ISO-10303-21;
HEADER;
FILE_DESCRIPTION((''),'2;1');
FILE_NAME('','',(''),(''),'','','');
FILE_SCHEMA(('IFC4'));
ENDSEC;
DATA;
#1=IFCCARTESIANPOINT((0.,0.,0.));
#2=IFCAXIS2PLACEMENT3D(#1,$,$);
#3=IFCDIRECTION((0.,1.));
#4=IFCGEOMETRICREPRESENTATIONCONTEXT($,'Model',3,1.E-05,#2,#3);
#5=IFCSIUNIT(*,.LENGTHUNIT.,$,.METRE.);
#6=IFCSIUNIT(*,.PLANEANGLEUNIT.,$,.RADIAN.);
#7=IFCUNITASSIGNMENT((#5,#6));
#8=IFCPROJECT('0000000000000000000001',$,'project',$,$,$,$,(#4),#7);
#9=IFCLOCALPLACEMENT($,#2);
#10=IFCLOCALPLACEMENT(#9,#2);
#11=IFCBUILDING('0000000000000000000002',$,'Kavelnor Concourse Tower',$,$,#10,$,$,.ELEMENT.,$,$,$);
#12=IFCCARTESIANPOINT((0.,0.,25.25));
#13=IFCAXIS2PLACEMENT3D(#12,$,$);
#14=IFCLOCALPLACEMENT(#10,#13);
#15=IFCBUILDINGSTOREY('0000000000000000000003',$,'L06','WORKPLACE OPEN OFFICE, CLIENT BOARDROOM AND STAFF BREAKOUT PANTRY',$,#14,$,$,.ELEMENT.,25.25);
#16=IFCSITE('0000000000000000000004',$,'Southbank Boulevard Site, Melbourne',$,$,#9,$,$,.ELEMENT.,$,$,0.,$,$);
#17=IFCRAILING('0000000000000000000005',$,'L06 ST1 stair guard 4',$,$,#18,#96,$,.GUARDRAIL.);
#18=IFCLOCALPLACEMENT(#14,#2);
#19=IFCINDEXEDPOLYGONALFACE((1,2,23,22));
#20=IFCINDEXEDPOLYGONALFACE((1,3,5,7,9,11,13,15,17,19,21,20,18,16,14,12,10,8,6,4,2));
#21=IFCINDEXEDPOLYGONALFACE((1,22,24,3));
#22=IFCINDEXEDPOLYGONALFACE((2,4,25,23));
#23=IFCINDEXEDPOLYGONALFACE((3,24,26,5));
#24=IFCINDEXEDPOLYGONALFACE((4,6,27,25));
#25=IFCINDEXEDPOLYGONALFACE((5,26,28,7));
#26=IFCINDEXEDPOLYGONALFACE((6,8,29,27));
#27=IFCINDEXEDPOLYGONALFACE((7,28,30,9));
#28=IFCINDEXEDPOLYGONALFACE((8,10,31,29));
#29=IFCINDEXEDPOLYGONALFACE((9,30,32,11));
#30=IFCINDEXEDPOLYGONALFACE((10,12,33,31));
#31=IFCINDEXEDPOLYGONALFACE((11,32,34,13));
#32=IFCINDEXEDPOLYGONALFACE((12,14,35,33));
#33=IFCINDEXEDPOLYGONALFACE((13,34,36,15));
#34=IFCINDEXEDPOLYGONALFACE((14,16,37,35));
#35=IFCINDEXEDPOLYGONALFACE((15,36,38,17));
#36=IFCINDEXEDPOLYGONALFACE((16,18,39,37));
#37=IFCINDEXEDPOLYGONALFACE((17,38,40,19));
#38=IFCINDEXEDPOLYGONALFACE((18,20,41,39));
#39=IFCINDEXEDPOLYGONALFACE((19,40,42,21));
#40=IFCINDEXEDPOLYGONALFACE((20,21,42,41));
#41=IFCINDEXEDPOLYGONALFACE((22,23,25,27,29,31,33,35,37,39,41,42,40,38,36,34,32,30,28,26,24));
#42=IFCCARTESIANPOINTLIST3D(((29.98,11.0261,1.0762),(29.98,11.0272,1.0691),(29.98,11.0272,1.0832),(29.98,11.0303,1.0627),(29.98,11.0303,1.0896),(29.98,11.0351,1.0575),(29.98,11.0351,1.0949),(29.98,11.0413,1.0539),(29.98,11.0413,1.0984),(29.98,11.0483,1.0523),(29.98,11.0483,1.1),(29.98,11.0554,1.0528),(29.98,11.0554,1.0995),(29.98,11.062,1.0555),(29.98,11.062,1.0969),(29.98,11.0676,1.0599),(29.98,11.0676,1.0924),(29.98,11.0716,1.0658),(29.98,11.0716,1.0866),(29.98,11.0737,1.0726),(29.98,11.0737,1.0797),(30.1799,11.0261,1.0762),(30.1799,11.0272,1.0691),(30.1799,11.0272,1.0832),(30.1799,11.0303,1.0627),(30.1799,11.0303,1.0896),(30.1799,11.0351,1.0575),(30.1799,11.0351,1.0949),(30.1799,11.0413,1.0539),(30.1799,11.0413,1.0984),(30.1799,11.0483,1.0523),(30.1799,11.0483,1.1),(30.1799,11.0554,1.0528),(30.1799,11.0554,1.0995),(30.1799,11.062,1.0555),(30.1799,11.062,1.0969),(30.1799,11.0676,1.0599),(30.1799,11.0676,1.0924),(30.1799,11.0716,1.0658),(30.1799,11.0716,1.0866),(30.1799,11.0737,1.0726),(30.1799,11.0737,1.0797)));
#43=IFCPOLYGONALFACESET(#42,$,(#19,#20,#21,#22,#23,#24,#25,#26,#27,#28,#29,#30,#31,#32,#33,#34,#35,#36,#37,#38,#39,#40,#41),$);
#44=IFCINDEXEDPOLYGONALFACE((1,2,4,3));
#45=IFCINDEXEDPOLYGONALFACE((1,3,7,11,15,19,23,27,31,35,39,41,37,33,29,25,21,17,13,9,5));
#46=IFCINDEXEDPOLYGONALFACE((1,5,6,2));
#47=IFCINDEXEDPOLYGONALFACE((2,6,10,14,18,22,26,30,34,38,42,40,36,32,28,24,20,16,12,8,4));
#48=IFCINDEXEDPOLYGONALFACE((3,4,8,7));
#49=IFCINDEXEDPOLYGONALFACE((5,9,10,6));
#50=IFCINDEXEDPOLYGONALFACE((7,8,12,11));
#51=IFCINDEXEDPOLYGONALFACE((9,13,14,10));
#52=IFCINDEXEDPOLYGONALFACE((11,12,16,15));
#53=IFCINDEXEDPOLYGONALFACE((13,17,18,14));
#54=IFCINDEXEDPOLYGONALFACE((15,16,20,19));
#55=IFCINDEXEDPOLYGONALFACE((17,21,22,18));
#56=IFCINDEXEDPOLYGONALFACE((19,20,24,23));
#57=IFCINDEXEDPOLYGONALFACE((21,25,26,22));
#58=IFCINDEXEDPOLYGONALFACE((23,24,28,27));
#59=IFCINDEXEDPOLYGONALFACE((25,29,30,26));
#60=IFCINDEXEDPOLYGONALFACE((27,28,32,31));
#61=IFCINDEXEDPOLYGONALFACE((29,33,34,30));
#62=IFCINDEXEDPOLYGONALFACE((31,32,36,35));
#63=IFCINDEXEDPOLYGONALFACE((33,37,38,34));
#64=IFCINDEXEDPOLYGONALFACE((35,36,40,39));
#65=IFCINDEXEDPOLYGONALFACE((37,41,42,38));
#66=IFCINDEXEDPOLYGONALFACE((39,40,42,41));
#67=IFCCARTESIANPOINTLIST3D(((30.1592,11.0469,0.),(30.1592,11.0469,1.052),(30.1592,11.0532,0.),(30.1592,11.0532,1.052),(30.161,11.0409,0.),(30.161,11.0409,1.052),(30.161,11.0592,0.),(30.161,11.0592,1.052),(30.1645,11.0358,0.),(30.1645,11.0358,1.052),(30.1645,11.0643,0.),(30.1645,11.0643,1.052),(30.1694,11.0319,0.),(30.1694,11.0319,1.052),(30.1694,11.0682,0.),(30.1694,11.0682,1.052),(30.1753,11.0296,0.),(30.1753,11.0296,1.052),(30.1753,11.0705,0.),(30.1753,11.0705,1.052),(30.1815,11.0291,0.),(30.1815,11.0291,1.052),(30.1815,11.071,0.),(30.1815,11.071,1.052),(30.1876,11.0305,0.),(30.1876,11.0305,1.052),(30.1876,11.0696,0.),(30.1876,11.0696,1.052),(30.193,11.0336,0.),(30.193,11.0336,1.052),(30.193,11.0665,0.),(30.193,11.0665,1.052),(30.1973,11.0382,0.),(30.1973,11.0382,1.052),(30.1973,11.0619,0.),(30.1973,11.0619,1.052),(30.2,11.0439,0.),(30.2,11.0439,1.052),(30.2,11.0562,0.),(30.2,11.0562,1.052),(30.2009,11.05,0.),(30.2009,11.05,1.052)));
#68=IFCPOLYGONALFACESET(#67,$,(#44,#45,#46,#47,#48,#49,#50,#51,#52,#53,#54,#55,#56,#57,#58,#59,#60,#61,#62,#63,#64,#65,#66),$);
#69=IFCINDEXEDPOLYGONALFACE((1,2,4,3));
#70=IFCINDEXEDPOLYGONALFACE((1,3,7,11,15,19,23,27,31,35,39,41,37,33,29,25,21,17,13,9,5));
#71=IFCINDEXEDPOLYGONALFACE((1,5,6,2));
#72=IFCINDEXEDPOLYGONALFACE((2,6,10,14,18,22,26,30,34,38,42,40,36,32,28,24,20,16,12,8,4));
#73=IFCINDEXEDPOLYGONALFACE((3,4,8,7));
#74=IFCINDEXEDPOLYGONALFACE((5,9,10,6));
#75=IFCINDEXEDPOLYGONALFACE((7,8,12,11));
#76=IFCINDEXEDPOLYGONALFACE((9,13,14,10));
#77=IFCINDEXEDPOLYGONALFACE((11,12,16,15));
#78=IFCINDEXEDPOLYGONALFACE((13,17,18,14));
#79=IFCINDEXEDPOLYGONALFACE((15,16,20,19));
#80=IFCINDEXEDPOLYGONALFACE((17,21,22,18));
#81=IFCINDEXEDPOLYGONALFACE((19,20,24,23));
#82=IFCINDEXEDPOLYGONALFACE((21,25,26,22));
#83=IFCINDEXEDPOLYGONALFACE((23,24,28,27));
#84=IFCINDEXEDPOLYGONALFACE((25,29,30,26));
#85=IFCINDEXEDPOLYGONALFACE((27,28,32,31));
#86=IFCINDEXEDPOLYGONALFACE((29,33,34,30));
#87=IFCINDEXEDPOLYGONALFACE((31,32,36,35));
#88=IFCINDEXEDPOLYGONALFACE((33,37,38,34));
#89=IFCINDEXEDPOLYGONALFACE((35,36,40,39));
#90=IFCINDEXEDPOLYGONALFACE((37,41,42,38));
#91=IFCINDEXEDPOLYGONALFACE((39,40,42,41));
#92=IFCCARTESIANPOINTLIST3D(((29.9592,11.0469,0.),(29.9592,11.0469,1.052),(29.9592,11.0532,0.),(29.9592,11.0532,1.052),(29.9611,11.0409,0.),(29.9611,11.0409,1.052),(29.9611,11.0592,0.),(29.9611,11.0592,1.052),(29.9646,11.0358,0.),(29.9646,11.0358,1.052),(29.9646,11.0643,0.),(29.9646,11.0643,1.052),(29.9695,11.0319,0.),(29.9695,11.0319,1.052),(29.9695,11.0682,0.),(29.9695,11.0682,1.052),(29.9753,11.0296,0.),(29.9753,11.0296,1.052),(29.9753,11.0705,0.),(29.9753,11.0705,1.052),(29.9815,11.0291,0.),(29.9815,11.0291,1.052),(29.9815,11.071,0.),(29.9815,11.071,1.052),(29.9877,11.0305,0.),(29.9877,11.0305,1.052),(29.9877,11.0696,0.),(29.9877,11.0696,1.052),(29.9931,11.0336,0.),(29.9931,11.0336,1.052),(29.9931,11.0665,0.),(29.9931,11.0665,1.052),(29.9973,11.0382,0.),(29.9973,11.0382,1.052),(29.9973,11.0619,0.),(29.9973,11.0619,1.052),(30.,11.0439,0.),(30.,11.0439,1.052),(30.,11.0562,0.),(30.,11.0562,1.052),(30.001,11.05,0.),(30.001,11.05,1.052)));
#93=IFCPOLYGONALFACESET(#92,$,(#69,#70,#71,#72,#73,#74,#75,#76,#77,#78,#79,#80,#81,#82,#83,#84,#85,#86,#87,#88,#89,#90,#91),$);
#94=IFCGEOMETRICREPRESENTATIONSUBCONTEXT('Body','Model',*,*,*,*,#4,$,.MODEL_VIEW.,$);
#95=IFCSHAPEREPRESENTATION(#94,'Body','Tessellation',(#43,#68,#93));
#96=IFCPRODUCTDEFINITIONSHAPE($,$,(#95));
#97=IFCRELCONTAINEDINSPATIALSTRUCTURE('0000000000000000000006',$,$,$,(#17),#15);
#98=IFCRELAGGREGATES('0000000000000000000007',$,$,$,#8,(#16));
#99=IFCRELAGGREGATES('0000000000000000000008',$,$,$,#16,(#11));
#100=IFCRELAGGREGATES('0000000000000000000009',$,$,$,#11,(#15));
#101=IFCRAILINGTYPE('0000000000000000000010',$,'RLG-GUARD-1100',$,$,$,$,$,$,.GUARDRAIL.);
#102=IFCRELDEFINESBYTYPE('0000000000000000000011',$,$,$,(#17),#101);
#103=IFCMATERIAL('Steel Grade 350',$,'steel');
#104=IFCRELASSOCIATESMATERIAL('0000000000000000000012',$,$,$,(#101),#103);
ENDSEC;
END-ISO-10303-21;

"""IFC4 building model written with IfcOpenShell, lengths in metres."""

from ifc_helpers import new_model, si_unit, direction, frame, origin, origin_2d, place, context, subcontext, project, spatial, circle, extrude, material, type_object, element, save


model = new_model("IFC4")

# Units and contexts
model_context = context("Model", 3, precision=1e-05, world=origin(), true_north=direction((0.0, 1.0)))
body_context = subcontext(model_context, "Body", "Model", "MODEL_VIEW")
ifc_project = project(units=[si_unit("LENGTHUNIT", "METRE"), si_unit("PLANEANGLEUNIT", "RADIAN")], contexts=[model_context])

# Site, building, storey
site_placement = place(None, origin())
site = spatial("IfcSite", under=ifc_project, at=site_placement, Name="Southbank Boulevard Site, Melbourne", CompositionType="ELEMENT", RefElevation=0.0)
building_placement = place(site_placement, origin())
building = spatial("IfcBuilding", under=site, at=building_placement, Name="Kavelnor Concourse Tower", CompositionType="ELEMENT")
storey_placement = place(building_placement, frame((0.0, 0.0, 25.25)))
storey = spatial("IfcBuildingStorey", under=building, at=storey_placement, Name="L06", Description="WORKPLACE OPEN OFFICE, CLIENT BOARDROOM AND STAFF BREAKOUT PANTRY", CompositionType="ELEMENT", Elevation=25.25)

# Shared definitions
ifc_material_1 = material(Name="Steel Grade 350", Category="steel")

# Railing
railing_type_1 = type_object("IfcRailingType", Name="RLG-GUARD-1100", PredefinedType="GUARDRAIL", material=ifc_material_1)
railing_1_placement = place(storey_placement, frame((30.1799, 11.05, 0.0)))
element("IfcRailing", 1, at=railing_1_placement, inside=storey, type_object=railing_type_1, Name="L06 ST1 stair guard 4", PredefinedType="GUARDRAIL", context=body_context, shape_type="SweptSolid", body=[
    extrude(circle(Radius=0.0239, at=origin_2d()), frame((0.0, 0.0, 1.0762), z_axis=(-1.0, 0.0, 0.0), x_axis=(0.0, -1.0, 0.0)), (0.0, 0.0, 1.0), 0.2),
    extrude(circle(Radius=0.021, at=origin_2d()), origin(), (0.0, 0.0, 1.0), 1.052),
    extrude(circle(Radius=0.021, at=origin_2d()), frame((-0.2, 0.0, 0.0)), (0.0, 0.0, 1.0), 1.052),
])

save(model, "model.ifc")
